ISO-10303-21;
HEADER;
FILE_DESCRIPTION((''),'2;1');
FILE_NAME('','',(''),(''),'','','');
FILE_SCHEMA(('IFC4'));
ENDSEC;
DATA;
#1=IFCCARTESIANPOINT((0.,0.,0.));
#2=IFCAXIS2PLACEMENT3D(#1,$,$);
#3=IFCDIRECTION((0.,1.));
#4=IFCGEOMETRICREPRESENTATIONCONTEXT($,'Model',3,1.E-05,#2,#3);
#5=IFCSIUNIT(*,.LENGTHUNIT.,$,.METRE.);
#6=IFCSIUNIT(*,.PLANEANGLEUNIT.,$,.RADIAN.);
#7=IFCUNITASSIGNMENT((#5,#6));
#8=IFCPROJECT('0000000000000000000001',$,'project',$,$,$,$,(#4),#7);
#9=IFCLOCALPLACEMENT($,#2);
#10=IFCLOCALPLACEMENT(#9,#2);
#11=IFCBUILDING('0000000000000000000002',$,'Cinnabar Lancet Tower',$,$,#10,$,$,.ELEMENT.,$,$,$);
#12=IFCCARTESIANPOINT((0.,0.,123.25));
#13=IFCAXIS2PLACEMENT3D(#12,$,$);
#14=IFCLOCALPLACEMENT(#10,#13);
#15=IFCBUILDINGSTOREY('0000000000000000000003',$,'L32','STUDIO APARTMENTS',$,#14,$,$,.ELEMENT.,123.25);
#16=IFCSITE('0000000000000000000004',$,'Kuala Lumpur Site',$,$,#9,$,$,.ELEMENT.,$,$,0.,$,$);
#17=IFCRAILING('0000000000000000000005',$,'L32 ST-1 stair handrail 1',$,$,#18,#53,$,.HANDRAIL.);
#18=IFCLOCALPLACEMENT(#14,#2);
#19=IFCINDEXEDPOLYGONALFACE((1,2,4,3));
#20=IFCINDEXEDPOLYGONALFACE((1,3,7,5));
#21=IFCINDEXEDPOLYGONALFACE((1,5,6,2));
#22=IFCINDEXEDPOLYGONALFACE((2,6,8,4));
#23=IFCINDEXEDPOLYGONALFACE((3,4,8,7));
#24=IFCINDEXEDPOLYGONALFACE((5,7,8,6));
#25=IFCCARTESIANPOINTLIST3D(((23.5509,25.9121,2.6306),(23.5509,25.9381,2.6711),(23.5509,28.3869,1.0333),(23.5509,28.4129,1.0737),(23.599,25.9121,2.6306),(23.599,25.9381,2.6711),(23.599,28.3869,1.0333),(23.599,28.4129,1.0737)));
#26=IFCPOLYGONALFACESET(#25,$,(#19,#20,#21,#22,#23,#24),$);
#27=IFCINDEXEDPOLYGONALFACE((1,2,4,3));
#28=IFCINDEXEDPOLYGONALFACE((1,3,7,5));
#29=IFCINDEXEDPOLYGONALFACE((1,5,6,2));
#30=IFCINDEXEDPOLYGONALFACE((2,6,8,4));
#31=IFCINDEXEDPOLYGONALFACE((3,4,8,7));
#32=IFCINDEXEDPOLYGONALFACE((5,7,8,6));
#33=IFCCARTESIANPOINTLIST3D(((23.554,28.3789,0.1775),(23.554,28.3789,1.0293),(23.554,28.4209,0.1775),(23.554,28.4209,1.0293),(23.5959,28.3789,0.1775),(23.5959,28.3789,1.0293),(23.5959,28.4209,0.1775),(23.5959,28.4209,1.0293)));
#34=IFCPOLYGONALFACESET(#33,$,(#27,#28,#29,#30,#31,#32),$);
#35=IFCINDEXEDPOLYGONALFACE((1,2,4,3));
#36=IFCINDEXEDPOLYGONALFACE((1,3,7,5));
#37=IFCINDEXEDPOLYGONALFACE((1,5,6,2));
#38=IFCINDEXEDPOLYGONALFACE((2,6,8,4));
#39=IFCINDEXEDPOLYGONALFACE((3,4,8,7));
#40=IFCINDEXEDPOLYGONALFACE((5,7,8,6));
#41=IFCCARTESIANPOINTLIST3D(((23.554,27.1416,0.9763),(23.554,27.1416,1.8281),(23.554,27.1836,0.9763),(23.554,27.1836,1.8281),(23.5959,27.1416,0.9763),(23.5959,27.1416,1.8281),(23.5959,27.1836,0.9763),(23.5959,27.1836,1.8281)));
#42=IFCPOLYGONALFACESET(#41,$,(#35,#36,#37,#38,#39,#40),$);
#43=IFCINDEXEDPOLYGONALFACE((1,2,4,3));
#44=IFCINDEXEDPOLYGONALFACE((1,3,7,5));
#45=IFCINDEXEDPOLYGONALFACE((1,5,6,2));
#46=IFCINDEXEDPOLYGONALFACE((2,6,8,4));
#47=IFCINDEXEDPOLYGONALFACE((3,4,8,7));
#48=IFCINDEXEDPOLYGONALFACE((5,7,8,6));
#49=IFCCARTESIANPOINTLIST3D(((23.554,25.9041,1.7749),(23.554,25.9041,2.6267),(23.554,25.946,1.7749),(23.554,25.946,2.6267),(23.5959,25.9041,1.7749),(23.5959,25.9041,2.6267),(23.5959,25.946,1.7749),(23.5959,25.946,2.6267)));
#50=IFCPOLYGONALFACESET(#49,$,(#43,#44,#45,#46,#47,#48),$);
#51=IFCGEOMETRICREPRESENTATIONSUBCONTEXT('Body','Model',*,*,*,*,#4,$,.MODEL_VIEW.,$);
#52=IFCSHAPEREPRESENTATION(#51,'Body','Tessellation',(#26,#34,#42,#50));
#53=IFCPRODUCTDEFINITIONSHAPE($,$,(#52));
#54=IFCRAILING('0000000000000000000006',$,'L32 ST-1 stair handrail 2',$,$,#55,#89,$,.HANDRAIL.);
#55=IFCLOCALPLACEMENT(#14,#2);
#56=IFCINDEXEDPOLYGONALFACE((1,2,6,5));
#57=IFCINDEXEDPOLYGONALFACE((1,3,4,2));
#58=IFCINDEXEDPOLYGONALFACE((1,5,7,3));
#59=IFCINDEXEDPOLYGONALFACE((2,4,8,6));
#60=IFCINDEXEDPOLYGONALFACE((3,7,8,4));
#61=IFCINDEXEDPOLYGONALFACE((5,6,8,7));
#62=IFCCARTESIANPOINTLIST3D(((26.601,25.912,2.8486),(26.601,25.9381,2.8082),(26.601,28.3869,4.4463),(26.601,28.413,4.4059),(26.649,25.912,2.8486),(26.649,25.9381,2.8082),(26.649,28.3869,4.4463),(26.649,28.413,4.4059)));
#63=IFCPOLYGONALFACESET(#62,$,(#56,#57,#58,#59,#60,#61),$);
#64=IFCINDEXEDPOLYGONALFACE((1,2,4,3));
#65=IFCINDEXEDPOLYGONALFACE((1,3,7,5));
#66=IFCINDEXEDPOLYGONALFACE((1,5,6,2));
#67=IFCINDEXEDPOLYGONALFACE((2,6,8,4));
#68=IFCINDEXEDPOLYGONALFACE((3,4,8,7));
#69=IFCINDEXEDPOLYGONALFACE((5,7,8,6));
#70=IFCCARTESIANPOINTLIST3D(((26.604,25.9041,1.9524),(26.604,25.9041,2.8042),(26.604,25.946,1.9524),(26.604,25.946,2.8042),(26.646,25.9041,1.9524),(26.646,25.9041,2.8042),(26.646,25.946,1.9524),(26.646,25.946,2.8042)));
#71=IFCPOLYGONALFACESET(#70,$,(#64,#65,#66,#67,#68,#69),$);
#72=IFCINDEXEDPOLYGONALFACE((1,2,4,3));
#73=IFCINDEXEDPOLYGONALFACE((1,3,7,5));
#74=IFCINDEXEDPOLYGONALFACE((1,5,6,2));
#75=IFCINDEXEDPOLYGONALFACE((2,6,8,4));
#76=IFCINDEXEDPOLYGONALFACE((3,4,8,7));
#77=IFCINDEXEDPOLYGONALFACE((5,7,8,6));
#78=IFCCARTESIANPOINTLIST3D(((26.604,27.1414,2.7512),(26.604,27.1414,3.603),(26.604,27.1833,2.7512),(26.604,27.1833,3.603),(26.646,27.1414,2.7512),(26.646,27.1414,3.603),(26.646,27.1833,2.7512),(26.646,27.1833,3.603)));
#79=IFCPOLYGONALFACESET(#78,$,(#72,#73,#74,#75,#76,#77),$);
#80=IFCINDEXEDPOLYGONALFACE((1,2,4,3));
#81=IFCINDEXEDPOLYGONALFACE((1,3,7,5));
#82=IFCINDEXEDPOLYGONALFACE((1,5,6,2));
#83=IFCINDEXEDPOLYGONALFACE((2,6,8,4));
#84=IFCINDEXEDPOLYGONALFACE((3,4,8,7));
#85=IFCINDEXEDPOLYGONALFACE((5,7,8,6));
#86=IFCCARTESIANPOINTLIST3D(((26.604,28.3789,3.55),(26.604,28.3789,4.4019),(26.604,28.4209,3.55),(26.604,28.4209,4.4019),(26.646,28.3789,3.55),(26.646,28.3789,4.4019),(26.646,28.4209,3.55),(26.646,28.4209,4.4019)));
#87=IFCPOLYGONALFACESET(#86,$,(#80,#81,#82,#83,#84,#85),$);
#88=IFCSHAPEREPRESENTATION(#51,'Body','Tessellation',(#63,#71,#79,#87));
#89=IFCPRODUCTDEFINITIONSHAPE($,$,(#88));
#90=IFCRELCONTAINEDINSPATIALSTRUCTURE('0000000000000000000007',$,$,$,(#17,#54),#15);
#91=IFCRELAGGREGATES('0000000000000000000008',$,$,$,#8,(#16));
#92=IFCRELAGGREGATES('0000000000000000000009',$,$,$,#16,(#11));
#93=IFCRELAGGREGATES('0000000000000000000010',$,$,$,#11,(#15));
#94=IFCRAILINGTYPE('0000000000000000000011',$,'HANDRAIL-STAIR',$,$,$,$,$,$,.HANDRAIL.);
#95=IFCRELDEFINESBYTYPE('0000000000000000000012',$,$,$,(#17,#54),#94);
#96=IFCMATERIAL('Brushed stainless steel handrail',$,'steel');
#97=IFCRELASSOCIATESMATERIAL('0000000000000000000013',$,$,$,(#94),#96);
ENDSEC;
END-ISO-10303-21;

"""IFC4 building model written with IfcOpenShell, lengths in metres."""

from ifc_helpers import new_model, si_unit, direction, frame, origin, origin_2d, place, context, subcontext, project, spatial, rectangle, extrude, material, type_object, element, save


model = new_model("IFC4")

# Units and contexts
model_context = context("Model", 3, precision=1e-05, world=origin(), true_north=direction((0.0, 1.0)))
body_context = subcontext(model_context, "Body", "Model", "MODEL_VIEW")
ifc_project = project(units=[si_unit("LENGTHUNIT", "METRE"), si_unit("PLANEANGLEUNIT", "RADIAN")], contexts=[model_context])

# Site, building, storey
site_placement = place(None, origin())
site = spatial("IfcSite", under=ifc_project, at=site_placement, Name="Kuala Lumpur Site", CompositionType="ELEMENT", RefElevation=0.0)
building_placement = place(site_placement, origin())
building = spatial("IfcBuilding", under=site, at=building_placement, Name="Cinnabar Lancet Tower", CompositionType="ELEMENT")
storey_placement = place(building_placement, frame((0.0, 0.0, 123.25)))
storey = spatial("IfcBuildingStorey", under=building, at=storey_placement, Name="L32", Description="STUDIO APARTMENTS", CompositionType="ELEMENT", Elevation=123.25)

# Railings
ifc_material_1 = material(Name="Brushed stainless steel handrail", Category="steel")
railing_type_1 = type_object("IfcRailingType", Name="HANDRAIL-STAIR", PredefinedType="HANDRAIL", material=ifc_material_1)
railing_1_placement = place(storey_placement, frame((23.575, 28.3999, 0.1775)))
element("IfcRailing", 1, at=railing_1_placement, inside=storey, type_object=railing_type_1, Name="L32 ST-1 stair handrail 1", PredefinedType="HANDRAIL", context=body_context, shape_type="SweptSolid", body=[
    extrude(rectangle(XDim=0.0481, YDim=0.0481, at=origin_2d()), frame((0.0, 0.0, 0.876), z_axis=(0.0, -0.840183, 0.542302), x_axis=(1.0, 0.0, 0.0)), (0.0, 0.0, 1.0), 2.9456),
    extrude(rectangle(XDim=0.042, YDim=0.042, at=origin_2d()), origin(), (0.0, 0.0, 1.0), 0.8518),
    extrude(rectangle(XDim=0.042, YDim=0.042, at=origin_2d()), frame((0.0, -1.2373, 0.7988)), (0.0, 0.0, 1.0), 0.8518),
    extrude(rectangle(XDim=0.042, YDim=0.042, at=origin_2d()), frame((0.0, -2.4749, 1.5974)), (0.0, 0.0, 1.0), 0.8518),
])
railing_2_placement = place(storey_placement, frame((26.625, 25.925, 1.9524)))
element("IfcRailing", 2, at=railing_2_placement, inside=storey, type_object=railing_type_1, Name="L32 ST-1 stair handrail 2", PredefinedType="HANDRAIL", context=body_context, shape_type="SweptSolid", body=[
    extrude(rectangle(XDim=0.0481, YDim=0.0481, at=origin_2d()), frame((0.0, 0.0, 0.876), z_axis=(0.0, 0.840146, 0.542361), x_axis=(-1.0, 0.0, 0.0)), (0.0, 0.0, 1.0), 2.9458),
    extrude(rectangle(XDim=0.042, YDim=0.042, at=origin_2d()), origin(), (0.0, 0.0, 1.0), 0.8518),
    extrude(rectangle(XDim=0.042, YDim=0.042, at=origin_2d()), frame((0.0, 1.2373, 0.7988)), (0.0, 0.0, 1.0), 0.8518),
    extrude(rectangle(XDim=0.042, YDim=0.042, at=origin_2d()), frame((0.0, 2.4749, 1.5977)), (0.0, 0.0, 1.0), 0.8518),
])

save(model, "model.ifc")
